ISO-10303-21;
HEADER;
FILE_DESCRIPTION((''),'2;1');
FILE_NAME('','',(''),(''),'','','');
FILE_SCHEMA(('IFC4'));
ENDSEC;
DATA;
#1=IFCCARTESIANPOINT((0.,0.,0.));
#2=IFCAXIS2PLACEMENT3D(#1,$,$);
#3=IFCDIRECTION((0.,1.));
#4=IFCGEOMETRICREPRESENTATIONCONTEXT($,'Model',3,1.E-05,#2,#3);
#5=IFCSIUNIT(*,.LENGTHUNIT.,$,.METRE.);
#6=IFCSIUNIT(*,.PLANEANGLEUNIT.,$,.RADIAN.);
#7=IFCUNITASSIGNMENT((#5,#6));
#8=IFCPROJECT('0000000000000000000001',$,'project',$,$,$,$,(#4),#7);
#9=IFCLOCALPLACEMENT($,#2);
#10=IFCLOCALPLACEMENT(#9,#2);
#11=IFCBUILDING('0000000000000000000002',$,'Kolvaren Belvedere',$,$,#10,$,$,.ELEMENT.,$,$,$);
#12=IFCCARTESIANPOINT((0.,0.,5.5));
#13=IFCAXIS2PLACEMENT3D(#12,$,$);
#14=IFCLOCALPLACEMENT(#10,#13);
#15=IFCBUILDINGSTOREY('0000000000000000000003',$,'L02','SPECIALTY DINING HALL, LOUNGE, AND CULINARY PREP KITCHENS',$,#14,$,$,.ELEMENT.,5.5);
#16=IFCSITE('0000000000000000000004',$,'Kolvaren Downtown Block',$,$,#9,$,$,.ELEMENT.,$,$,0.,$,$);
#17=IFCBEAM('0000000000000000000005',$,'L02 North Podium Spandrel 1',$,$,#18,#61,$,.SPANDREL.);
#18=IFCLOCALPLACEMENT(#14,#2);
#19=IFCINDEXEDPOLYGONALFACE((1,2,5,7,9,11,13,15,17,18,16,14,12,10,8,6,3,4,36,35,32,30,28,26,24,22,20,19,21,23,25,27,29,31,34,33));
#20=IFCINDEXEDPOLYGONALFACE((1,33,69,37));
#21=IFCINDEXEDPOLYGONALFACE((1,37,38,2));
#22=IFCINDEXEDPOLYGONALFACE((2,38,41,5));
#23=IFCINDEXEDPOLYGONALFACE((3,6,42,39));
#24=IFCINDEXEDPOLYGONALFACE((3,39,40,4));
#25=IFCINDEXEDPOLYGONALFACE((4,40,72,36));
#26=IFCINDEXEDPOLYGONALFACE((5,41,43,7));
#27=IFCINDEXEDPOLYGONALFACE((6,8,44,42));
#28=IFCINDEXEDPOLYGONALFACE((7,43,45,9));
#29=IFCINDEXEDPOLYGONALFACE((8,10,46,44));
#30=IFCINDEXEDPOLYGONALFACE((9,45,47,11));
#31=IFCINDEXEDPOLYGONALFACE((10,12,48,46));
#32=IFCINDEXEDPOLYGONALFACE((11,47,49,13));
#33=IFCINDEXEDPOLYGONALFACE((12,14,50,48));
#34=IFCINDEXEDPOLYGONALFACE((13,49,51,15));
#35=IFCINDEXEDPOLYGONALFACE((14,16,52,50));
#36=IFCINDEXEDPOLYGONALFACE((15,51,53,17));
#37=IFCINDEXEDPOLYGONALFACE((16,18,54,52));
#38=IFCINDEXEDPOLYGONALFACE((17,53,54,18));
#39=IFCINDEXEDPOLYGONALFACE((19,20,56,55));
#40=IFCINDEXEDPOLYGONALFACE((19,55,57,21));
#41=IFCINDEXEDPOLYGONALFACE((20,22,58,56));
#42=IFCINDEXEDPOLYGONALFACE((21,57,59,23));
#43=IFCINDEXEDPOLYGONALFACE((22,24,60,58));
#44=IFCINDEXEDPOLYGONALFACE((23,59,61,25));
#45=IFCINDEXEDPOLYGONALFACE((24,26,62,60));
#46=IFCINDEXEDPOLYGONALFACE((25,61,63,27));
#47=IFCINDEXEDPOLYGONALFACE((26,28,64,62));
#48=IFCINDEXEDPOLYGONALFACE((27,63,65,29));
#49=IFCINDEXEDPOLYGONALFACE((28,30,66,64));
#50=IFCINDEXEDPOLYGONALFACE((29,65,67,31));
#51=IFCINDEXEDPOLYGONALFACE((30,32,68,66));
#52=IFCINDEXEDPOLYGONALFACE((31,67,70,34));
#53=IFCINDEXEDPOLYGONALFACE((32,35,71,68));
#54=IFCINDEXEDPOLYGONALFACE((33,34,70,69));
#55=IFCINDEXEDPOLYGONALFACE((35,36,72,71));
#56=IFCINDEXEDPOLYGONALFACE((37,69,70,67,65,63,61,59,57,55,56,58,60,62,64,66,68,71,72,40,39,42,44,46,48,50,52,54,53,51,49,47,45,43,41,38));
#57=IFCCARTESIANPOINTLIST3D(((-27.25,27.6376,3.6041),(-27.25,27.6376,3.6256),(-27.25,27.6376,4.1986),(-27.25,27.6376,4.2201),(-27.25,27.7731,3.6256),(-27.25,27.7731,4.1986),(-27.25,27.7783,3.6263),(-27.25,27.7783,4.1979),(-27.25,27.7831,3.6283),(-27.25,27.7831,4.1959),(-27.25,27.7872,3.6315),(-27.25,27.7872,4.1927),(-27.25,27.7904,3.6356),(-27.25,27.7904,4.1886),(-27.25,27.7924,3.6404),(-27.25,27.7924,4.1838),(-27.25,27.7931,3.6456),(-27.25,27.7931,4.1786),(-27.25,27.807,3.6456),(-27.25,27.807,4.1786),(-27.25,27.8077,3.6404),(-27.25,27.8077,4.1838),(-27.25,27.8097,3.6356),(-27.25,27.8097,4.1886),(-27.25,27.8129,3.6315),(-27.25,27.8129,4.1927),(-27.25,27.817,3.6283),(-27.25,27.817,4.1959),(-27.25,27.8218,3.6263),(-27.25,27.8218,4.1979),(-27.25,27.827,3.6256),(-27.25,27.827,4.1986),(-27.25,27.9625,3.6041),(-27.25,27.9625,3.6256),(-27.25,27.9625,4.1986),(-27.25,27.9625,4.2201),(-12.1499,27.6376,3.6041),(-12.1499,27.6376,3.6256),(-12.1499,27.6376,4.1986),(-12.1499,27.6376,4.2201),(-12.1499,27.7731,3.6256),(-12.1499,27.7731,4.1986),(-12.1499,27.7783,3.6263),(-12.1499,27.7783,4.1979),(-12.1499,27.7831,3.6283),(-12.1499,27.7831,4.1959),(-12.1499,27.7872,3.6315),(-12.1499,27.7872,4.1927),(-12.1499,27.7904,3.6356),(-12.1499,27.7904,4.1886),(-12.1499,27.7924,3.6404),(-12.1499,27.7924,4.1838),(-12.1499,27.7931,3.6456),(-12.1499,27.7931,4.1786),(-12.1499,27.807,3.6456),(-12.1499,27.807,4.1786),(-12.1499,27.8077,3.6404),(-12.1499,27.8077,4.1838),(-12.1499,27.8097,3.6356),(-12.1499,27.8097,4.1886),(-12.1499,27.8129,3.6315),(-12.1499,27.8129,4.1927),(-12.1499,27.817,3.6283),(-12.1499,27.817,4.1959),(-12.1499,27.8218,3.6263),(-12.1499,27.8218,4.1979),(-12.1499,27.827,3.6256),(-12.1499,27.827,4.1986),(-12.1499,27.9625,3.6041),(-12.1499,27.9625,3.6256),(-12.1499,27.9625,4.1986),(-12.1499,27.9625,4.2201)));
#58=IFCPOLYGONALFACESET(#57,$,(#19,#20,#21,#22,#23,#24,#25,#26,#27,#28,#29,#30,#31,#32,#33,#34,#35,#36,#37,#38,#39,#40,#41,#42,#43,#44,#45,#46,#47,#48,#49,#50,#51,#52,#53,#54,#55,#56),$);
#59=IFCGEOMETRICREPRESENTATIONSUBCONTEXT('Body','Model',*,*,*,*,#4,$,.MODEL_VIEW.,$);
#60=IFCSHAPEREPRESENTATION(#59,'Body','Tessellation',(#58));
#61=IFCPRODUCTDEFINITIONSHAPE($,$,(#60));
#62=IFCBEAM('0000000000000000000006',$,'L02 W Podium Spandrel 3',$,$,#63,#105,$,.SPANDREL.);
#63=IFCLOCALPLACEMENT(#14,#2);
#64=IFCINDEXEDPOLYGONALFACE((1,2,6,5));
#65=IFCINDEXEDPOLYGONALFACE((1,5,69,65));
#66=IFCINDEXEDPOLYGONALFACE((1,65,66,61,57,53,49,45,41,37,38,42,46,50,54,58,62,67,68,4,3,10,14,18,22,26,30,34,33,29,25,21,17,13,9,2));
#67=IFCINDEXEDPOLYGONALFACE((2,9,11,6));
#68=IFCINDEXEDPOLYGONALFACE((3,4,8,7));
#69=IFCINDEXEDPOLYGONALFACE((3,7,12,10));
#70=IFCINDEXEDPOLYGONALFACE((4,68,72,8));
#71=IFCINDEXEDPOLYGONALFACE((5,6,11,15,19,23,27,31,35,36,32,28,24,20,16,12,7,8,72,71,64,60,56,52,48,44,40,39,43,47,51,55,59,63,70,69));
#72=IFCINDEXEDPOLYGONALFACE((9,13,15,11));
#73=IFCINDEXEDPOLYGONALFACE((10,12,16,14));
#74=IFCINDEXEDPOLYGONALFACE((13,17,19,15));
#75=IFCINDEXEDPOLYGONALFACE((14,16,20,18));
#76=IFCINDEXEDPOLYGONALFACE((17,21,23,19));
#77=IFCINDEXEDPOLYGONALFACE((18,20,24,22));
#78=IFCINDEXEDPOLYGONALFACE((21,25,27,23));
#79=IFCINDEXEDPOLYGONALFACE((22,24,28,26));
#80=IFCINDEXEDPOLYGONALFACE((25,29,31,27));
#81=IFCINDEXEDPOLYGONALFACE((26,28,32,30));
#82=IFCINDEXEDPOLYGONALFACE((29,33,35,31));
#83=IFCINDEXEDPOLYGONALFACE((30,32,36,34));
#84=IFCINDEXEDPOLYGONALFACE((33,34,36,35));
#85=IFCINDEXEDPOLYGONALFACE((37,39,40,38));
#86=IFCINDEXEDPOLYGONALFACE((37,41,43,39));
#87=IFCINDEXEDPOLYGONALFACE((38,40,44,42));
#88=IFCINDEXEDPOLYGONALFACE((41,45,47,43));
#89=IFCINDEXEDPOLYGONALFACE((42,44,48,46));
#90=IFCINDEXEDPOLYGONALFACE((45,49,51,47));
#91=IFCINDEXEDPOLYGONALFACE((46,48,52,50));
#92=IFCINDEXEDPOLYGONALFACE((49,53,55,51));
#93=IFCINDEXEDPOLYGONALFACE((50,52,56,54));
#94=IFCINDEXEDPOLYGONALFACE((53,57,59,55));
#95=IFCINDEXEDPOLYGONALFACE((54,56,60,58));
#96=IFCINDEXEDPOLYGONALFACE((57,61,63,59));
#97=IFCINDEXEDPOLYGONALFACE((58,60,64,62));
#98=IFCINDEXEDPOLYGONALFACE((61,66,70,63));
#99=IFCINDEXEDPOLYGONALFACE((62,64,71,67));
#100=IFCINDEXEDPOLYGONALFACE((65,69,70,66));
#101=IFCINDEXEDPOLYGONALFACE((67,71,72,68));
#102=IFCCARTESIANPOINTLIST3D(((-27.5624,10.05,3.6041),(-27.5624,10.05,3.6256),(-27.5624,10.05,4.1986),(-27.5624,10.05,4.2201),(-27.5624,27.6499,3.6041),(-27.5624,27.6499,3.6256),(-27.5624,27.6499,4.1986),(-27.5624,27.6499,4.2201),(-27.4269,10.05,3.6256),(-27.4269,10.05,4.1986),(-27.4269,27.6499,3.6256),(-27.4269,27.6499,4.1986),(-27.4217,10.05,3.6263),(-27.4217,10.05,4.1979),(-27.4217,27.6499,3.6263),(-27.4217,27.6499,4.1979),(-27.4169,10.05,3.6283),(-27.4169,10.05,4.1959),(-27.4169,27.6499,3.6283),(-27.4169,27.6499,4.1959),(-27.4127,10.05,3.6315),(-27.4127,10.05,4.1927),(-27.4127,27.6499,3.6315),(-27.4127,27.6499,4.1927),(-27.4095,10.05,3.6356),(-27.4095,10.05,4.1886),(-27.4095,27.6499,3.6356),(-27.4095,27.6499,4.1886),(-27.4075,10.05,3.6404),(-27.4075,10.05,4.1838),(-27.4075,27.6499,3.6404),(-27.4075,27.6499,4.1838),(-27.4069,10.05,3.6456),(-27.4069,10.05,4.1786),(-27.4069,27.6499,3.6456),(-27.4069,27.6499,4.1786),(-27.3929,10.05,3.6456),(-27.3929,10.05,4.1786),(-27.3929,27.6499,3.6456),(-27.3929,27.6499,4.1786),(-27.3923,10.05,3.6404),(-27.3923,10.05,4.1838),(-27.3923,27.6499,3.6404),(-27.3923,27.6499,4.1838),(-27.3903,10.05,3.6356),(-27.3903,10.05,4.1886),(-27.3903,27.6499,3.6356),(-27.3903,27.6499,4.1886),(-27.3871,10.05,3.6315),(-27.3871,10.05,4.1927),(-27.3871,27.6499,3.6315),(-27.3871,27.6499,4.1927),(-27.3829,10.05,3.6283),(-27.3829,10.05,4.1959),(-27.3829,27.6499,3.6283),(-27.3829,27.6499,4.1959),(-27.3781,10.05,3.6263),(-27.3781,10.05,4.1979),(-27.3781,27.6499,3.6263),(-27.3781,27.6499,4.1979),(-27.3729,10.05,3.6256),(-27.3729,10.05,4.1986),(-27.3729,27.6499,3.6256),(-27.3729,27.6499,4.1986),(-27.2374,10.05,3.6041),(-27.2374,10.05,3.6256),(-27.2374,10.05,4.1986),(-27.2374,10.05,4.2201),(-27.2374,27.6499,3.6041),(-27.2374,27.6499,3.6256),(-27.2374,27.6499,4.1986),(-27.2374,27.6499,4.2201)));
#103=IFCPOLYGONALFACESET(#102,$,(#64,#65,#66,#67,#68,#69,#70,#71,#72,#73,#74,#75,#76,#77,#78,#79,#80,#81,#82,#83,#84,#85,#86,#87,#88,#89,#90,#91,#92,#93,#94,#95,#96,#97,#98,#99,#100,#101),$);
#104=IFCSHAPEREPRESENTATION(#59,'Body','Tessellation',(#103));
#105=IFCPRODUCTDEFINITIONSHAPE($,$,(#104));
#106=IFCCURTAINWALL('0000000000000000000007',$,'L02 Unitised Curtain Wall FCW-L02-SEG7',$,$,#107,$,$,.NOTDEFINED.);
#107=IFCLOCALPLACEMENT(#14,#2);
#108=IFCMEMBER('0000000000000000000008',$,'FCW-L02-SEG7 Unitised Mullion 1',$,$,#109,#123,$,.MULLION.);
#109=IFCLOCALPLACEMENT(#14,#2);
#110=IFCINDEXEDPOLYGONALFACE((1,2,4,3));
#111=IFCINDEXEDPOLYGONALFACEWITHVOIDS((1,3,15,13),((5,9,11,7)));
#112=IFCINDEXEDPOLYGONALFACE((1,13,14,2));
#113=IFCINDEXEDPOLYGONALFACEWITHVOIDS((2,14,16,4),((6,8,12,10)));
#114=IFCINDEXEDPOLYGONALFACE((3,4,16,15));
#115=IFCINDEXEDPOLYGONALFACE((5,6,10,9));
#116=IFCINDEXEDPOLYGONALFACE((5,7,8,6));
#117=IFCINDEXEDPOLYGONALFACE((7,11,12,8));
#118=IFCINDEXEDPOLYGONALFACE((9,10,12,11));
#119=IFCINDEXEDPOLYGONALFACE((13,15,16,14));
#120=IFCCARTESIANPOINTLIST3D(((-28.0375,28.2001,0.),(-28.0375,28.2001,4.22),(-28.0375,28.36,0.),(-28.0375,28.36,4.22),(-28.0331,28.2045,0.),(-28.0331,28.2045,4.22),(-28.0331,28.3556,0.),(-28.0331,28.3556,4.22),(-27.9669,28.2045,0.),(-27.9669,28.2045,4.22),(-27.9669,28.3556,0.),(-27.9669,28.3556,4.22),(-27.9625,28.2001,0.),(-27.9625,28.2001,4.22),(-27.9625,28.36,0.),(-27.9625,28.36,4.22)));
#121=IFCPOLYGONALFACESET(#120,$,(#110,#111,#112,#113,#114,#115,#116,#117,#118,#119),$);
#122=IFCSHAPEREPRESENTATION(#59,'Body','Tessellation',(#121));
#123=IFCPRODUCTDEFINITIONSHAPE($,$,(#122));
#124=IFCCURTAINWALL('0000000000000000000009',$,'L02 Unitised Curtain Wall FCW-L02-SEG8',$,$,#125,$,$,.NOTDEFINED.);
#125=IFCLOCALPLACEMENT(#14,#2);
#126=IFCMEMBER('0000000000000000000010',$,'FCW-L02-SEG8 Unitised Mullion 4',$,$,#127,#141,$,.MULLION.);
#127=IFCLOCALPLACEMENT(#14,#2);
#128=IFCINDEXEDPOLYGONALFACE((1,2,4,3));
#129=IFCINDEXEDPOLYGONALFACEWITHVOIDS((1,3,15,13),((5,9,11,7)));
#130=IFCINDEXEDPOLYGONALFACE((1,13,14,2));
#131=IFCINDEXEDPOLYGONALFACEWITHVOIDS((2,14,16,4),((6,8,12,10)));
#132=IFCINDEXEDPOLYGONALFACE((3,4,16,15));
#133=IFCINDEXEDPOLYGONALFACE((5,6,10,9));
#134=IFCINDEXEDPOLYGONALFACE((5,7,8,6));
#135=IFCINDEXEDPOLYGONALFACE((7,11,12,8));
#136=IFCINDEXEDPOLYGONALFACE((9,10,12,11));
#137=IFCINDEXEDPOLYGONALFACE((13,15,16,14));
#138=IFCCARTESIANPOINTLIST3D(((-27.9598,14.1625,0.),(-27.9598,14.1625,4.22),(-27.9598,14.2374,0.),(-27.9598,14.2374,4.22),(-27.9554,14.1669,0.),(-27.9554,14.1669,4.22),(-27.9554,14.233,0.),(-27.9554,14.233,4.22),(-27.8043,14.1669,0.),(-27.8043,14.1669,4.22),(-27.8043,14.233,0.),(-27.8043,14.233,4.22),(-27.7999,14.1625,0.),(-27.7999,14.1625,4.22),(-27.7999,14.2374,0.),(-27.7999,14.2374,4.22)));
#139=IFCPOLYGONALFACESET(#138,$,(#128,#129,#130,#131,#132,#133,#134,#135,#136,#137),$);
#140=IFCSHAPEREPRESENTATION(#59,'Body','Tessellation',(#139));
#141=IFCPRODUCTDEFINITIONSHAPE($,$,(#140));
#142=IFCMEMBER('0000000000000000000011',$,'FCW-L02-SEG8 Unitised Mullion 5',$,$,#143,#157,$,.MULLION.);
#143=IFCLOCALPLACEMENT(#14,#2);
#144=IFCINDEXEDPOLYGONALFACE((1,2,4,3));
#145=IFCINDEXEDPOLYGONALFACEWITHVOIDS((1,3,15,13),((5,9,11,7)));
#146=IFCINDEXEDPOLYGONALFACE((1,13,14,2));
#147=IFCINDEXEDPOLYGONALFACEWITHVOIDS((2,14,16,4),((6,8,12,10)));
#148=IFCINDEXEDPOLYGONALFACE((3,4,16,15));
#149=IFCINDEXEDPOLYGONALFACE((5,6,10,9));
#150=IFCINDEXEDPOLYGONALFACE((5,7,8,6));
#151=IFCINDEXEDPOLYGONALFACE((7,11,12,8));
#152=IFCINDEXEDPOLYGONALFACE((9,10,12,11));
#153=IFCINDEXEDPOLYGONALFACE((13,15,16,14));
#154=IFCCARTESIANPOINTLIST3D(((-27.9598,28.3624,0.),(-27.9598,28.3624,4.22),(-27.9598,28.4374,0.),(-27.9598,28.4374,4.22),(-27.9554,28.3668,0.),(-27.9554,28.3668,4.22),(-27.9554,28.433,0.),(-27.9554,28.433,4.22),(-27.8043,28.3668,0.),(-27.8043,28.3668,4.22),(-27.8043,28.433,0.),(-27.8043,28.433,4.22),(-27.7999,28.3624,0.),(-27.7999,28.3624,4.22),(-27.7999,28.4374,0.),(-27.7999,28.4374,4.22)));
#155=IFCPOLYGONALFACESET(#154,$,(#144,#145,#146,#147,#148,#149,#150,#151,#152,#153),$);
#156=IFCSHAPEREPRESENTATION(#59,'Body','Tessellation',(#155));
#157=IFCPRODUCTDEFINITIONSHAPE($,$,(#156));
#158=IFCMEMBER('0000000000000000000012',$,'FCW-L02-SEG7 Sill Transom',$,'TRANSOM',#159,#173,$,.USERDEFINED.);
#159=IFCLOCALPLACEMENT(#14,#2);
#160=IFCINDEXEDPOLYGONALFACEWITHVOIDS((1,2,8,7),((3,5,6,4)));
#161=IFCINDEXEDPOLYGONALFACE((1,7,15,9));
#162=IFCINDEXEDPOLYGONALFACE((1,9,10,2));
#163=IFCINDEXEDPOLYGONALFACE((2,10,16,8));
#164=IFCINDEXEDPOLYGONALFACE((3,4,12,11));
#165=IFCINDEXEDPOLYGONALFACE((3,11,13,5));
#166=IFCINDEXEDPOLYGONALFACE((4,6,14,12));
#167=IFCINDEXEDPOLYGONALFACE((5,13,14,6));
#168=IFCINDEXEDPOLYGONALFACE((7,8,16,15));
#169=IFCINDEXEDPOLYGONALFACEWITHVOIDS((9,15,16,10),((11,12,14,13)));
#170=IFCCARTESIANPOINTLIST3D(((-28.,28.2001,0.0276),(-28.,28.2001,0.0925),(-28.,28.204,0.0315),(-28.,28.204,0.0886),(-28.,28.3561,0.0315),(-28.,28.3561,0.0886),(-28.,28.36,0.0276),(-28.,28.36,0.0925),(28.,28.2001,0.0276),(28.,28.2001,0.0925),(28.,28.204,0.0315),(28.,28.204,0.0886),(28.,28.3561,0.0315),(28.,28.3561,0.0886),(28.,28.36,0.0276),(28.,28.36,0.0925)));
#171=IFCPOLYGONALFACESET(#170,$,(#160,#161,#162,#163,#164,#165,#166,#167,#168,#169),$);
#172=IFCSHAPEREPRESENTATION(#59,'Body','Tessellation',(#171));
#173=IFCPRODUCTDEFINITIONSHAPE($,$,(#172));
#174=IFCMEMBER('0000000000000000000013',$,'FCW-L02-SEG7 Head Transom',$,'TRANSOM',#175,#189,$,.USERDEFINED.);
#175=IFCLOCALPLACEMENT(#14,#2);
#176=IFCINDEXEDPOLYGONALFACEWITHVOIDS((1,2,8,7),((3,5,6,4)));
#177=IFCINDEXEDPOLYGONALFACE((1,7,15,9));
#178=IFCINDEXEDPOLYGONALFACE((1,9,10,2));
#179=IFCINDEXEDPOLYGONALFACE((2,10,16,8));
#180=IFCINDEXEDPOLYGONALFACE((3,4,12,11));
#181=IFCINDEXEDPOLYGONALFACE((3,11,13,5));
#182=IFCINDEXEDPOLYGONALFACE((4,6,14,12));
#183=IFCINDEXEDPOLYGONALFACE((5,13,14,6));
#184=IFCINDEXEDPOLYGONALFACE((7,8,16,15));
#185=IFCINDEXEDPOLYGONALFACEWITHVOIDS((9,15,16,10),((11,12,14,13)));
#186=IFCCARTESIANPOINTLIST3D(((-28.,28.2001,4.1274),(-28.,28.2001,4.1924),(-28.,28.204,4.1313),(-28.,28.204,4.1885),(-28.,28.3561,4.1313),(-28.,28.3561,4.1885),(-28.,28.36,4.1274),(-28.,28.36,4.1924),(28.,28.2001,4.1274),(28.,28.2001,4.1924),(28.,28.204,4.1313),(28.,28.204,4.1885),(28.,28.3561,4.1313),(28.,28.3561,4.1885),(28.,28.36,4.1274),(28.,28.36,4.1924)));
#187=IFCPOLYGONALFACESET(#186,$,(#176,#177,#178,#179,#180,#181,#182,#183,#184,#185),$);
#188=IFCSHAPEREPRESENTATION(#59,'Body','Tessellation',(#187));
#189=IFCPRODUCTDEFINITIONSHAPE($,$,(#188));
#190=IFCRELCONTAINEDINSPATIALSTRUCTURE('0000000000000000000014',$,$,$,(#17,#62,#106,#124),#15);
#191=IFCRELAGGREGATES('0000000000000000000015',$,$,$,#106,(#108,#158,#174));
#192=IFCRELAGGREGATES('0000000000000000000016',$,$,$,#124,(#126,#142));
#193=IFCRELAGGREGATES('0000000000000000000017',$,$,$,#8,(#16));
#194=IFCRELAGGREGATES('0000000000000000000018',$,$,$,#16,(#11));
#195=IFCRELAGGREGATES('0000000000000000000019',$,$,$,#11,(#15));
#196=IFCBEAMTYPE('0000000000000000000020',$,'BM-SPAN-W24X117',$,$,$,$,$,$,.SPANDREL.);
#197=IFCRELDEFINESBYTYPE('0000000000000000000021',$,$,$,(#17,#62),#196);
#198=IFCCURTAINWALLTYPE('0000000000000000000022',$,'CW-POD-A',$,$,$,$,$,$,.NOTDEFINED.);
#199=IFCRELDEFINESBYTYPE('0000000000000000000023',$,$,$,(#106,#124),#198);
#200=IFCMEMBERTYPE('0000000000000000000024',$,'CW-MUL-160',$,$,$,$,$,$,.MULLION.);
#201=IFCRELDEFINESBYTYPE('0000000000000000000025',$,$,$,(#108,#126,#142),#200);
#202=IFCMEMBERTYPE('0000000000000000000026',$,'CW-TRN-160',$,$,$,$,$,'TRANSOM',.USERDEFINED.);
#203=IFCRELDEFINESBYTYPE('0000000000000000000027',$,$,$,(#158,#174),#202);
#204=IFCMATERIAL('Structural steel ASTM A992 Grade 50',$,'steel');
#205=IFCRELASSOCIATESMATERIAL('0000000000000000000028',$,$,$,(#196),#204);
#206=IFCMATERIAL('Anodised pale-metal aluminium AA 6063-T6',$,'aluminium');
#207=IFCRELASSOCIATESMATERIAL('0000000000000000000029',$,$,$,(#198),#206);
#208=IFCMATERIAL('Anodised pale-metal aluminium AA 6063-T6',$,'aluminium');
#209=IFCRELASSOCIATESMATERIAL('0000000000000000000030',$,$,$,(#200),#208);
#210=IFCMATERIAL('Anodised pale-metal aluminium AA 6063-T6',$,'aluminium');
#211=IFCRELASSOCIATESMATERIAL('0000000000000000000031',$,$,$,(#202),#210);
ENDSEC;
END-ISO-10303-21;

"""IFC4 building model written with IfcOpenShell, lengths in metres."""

from ifc_helpers import new_model, si_unit, direction, frame, origin, origin_2d, place, context, subcontext, project, spatial, hollow_rectangle, i_section, extrude, material, material_profile, profile_set, type_object, element, aggregate, save


model = new_model("IFC4")

# Units and contexts
model_context = context("Model", 3, precision=1e-05, world=origin(), true_north=direction((0.0, 1.0)))
body_context = subcontext(model_context, "Body", "Model", "MODEL_VIEW")
ifc_project = project(units=[si_unit("LENGTHUNIT", "METRE"), si_unit("PLANEANGLEUNIT", "RADIAN")], contexts=[model_context])

# Site, building, storey
site_placement = place(None, origin())
site = spatial("IfcSite", under=ifc_project, at=site_placement, Name="Kolvaren Downtown Block", CompositionType="ELEMENT", RefElevation=0.0)
building_placement = place(site_placement, origin())
building = spatial("IfcBuilding", under=site, at=building_placement, Name="Kolvaren Belvedere", CompositionType="ELEMENT")
storey_placement = place(building_placement, frame((0.0, 0.0, 5.5)))
storey = spatial("IfcBuildingStorey", under=building, at=storey_placement, Name="L02", Description="SPECIALTY DINING HALL, LOUNGE, AND CULINARY PREP KITCHENS", CompositionType="ELEMENT", Elevation=5.5)

# Beams
ifc_material_1 = material(Name="Structural steel ASTM A992 Grade 50", Category="steel")
ifc_material_profile_1 = material_profile(ifc_material_1, i_section(OverallWidth=0.325, OverallDepth=0.616, WebThickness=0.0139, FlangeThickness=0.0215, FilletRadius=0.02, at=origin_2d()), Name="W24X117")
ifc_profile_set_1 = profile_set([ifc_material_profile_1], Name="Structural steel ASTM A992 Grade 50")
beam_type_1 = type_object("IfcBeamType", Name="BM-SPAN-W24X117", PredefinedType="SPANDREL", material=ifc_profile_set_1)
beam_1_placement = place(storey_placement, frame((-27.25, 27.8, 3.9121), z_axis=(1.0, 0.0, 0.0), x_axis=(0.0, 1.0, 0.0)))
element("IfcBeam", 1, at=beam_1_placement, inside=storey, type_object=beam_type_1, Name="L02 North Podium Spandrel 1", PredefinedType="SPANDREL", context=body_context, shape_type="SweptSolid", body=[
    extrude(i_section(OverallWidth=0.325, OverallDepth=0.616, WebThickness=0.0139, FlangeThickness=0.0215, FilletRadius=0.02, at=origin_2d()), origin(), (0.0, 0.0, 1.0), 15.1001),
])
beam_2_placement = place(storey_placement, frame((-27.3999, 10.05, 3.9121), z_axis=(0.0, 1.0, 0.0), x_axis=(-1.0, 0.0, 0.0)))
element("IfcBeam", 2, at=beam_2_placement, inside=storey, type_object=beam_type_1, Name="L02 W Podium Spandrel 3", PredefinedType="SPANDREL", context=body_context, shape_type="SweptSolid", body=[
    extrude(i_section(OverallWidth=0.325, OverallDepth=0.616, WebThickness=0.0139, FlangeThickness=0.0215, FilletRadius=0.02, at=origin_2d()), origin(), (0.0, 0.0, 1.0), 17.5999),
])

# Curtain wall, member
ifc_material_2 = material(Name="Anodised pale-metal aluminium AA 6063-T6", Category="aluminium")
curtain_wall_type = type_object("IfcCurtainWallType", Name="CW-POD-A", PredefinedType="NOTDEFINED", material=ifc_material_2)
curtain_wall_1_placement = place(storey_placement, origin())
curtain_wall_1 = element("IfcCurtainWall", 3, at=curtain_wall_1_placement, inside=storey, type_object=curtain_wall_type, Name="L02 Unitised Curtain Wall FCW-L02-SEG7", PredefinedType="NOTDEFINED")
ifc_material_3 = material(Name="Anodised pale-metal aluminium AA 6063-T6", Category="aluminium")
ifc_material_profile_2 = material_profile(ifc_material_3, hollow_rectangle(XDim=0.075, YDim=0.1599, WallThickness=0.0044, at=origin_2d()), Name="ALU-MUL-160X75")
ifc_profile_set_2 = profile_set([ifc_material_profile_2], Name="Anodised pale-metal aluminium AA 6063-T6")
member_type_1 = type_object("IfcMemberType", Name="CW-MUL-160", PredefinedType="MULLION", material=ifc_profile_set_2)
member_1_placement = place(storey_placement, frame((-28.0, 28.28, 0.0), z_axis=(0.0, 0.0, 1.0), x_axis=(1.0, 0.0, 0.0)))
member_1 = element("IfcMember", 4, at=member_1_placement, type_object=member_type_1, Name="FCW-L02-SEG7 Unitised Mullion 1", PredefinedType="MULLION", context=body_context, shape_type="SweptSolid", body=[
    extrude(hollow_rectangle(XDim=0.075, YDim=0.1599, WallThickness=0.0044, at=origin_2d()), origin(), (0.0, 0.0, 1.0), 4.22),
])

# Curtain wall, members
curtain_wall_2_placement = place(storey_placement, origin())
curtain_wall_2 = element("IfcCurtainWall", 5, at=curtain_wall_2_placement, inside=storey, type_object=curtain_wall_type, Name="L02 Unitised Curtain Wall FCW-L02-SEG8", PredefinedType="NOTDEFINED")
member_2_placement = place(storey_placement, frame((-27.8799, 14.2, 0.0), z_axis=(0.0, 0.0, 1.0), x_axis=(0.0, 1.0, 0.0)))
member_2 = element("IfcMember", 6, at=member_2_placement, type_object=member_type_1, Name="FCW-L02-SEG8 Unitised Mullion 4", PredefinedType="MULLION", context=body_context, shape_type="SweptSolid", body=[
    extrude(hollow_rectangle(XDim=0.075, YDim=0.1599, WallThickness=0.0044, at=origin_2d()), origin(), (0.0, 0.0, 1.0), 4.22),
])
member_3_placement = place(storey_placement, frame((-27.8799, 28.3999, 0.0), z_axis=(0.0, 0.0, 1.0), x_axis=(0.0, 1.0, 0.0)))
member_3 = element("IfcMember", 7, at=member_3_placement, type_object=member_type_1, Name="FCW-L02-SEG8 Unitised Mullion 5", PredefinedType="MULLION", context=body_context, shape_type="SweptSolid", body=[
    extrude(hollow_rectangle(XDim=0.075, YDim=0.1599, WallThickness=0.0044, at=origin_2d()), origin(), (0.0, 0.0, 1.0), 4.22),
])

# Members
ifc_material_4 = material(Name="Anodised pale-metal aluminium AA 6063-T6", Category="aluminium")
ifc_material_profile_3 = material_profile(ifc_material_4, hollow_rectangle(XDim=0.0649, YDim=0.1599, WallThickness=0.0039, at=origin_2d()), Name="ALU-TRN-160X65")
ifc_profile_set_3 = profile_set([ifc_material_profile_3], Name="Anodised pale-metal aluminium AA 6063-T6")
member_type_2 = type_object("IfcMemberType", Name="CW-TRN-160", ElementType="TRANSOM", PredefinedType="USERDEFINED", material=ifc_profile_set_3)
member_4_placement = place(storey_placement, frame((-28.0, 28.28, 0.0601), z_axis=(1.0, 0.0, 0.0), x_axis=(0.0, 0.0, 1.0)))
member_4 = element("IfcMember", 8, at=member_4_placement, type_object=member_type_2, Name="FCW-L02-SEG7 Sill Transom", ObjectType="TRANSOM", PredefinedType="USERDEFINED", context=body_context, shape_type="SweptSolid", body=[
    extrude(hollow_rectangle(XDim=0.0649, YDim=0.1599, WallThickness=0.0039, at=origin_2d()), origin(), (0.0, 0.0, 1.0), 56.0),
])
member_5_placement = place(storey_placement, frame((-28.0, 28.28, 4.1599), z_axis=(1.0, 0.0, 0.0), x_axis=(0.0, 0.0, 1.0)))
member_5 = element("IfcMember", 9, at=member_5_placement, type_object=member_type_2, Name="FCW-L02-SEG7 Head Transom", ObjectType="TRANSOM", PredefinedType="USERDEFINED", context=body_context, shape_type="SweptSolid", body=[
    extrude(hollow_rectangle(XDim=0.0649, YDim=0.1599, WallThickness=0.0039, at=origin_2d()), origin(), (0.0, 0.0, 1.0), 56.0),
])

aggregate(curtain_wall_1, [member_1, member_4, member_5])
aggregate(curtain_wall_2, [member_2, member_3])

save(model, "model.ifc")
